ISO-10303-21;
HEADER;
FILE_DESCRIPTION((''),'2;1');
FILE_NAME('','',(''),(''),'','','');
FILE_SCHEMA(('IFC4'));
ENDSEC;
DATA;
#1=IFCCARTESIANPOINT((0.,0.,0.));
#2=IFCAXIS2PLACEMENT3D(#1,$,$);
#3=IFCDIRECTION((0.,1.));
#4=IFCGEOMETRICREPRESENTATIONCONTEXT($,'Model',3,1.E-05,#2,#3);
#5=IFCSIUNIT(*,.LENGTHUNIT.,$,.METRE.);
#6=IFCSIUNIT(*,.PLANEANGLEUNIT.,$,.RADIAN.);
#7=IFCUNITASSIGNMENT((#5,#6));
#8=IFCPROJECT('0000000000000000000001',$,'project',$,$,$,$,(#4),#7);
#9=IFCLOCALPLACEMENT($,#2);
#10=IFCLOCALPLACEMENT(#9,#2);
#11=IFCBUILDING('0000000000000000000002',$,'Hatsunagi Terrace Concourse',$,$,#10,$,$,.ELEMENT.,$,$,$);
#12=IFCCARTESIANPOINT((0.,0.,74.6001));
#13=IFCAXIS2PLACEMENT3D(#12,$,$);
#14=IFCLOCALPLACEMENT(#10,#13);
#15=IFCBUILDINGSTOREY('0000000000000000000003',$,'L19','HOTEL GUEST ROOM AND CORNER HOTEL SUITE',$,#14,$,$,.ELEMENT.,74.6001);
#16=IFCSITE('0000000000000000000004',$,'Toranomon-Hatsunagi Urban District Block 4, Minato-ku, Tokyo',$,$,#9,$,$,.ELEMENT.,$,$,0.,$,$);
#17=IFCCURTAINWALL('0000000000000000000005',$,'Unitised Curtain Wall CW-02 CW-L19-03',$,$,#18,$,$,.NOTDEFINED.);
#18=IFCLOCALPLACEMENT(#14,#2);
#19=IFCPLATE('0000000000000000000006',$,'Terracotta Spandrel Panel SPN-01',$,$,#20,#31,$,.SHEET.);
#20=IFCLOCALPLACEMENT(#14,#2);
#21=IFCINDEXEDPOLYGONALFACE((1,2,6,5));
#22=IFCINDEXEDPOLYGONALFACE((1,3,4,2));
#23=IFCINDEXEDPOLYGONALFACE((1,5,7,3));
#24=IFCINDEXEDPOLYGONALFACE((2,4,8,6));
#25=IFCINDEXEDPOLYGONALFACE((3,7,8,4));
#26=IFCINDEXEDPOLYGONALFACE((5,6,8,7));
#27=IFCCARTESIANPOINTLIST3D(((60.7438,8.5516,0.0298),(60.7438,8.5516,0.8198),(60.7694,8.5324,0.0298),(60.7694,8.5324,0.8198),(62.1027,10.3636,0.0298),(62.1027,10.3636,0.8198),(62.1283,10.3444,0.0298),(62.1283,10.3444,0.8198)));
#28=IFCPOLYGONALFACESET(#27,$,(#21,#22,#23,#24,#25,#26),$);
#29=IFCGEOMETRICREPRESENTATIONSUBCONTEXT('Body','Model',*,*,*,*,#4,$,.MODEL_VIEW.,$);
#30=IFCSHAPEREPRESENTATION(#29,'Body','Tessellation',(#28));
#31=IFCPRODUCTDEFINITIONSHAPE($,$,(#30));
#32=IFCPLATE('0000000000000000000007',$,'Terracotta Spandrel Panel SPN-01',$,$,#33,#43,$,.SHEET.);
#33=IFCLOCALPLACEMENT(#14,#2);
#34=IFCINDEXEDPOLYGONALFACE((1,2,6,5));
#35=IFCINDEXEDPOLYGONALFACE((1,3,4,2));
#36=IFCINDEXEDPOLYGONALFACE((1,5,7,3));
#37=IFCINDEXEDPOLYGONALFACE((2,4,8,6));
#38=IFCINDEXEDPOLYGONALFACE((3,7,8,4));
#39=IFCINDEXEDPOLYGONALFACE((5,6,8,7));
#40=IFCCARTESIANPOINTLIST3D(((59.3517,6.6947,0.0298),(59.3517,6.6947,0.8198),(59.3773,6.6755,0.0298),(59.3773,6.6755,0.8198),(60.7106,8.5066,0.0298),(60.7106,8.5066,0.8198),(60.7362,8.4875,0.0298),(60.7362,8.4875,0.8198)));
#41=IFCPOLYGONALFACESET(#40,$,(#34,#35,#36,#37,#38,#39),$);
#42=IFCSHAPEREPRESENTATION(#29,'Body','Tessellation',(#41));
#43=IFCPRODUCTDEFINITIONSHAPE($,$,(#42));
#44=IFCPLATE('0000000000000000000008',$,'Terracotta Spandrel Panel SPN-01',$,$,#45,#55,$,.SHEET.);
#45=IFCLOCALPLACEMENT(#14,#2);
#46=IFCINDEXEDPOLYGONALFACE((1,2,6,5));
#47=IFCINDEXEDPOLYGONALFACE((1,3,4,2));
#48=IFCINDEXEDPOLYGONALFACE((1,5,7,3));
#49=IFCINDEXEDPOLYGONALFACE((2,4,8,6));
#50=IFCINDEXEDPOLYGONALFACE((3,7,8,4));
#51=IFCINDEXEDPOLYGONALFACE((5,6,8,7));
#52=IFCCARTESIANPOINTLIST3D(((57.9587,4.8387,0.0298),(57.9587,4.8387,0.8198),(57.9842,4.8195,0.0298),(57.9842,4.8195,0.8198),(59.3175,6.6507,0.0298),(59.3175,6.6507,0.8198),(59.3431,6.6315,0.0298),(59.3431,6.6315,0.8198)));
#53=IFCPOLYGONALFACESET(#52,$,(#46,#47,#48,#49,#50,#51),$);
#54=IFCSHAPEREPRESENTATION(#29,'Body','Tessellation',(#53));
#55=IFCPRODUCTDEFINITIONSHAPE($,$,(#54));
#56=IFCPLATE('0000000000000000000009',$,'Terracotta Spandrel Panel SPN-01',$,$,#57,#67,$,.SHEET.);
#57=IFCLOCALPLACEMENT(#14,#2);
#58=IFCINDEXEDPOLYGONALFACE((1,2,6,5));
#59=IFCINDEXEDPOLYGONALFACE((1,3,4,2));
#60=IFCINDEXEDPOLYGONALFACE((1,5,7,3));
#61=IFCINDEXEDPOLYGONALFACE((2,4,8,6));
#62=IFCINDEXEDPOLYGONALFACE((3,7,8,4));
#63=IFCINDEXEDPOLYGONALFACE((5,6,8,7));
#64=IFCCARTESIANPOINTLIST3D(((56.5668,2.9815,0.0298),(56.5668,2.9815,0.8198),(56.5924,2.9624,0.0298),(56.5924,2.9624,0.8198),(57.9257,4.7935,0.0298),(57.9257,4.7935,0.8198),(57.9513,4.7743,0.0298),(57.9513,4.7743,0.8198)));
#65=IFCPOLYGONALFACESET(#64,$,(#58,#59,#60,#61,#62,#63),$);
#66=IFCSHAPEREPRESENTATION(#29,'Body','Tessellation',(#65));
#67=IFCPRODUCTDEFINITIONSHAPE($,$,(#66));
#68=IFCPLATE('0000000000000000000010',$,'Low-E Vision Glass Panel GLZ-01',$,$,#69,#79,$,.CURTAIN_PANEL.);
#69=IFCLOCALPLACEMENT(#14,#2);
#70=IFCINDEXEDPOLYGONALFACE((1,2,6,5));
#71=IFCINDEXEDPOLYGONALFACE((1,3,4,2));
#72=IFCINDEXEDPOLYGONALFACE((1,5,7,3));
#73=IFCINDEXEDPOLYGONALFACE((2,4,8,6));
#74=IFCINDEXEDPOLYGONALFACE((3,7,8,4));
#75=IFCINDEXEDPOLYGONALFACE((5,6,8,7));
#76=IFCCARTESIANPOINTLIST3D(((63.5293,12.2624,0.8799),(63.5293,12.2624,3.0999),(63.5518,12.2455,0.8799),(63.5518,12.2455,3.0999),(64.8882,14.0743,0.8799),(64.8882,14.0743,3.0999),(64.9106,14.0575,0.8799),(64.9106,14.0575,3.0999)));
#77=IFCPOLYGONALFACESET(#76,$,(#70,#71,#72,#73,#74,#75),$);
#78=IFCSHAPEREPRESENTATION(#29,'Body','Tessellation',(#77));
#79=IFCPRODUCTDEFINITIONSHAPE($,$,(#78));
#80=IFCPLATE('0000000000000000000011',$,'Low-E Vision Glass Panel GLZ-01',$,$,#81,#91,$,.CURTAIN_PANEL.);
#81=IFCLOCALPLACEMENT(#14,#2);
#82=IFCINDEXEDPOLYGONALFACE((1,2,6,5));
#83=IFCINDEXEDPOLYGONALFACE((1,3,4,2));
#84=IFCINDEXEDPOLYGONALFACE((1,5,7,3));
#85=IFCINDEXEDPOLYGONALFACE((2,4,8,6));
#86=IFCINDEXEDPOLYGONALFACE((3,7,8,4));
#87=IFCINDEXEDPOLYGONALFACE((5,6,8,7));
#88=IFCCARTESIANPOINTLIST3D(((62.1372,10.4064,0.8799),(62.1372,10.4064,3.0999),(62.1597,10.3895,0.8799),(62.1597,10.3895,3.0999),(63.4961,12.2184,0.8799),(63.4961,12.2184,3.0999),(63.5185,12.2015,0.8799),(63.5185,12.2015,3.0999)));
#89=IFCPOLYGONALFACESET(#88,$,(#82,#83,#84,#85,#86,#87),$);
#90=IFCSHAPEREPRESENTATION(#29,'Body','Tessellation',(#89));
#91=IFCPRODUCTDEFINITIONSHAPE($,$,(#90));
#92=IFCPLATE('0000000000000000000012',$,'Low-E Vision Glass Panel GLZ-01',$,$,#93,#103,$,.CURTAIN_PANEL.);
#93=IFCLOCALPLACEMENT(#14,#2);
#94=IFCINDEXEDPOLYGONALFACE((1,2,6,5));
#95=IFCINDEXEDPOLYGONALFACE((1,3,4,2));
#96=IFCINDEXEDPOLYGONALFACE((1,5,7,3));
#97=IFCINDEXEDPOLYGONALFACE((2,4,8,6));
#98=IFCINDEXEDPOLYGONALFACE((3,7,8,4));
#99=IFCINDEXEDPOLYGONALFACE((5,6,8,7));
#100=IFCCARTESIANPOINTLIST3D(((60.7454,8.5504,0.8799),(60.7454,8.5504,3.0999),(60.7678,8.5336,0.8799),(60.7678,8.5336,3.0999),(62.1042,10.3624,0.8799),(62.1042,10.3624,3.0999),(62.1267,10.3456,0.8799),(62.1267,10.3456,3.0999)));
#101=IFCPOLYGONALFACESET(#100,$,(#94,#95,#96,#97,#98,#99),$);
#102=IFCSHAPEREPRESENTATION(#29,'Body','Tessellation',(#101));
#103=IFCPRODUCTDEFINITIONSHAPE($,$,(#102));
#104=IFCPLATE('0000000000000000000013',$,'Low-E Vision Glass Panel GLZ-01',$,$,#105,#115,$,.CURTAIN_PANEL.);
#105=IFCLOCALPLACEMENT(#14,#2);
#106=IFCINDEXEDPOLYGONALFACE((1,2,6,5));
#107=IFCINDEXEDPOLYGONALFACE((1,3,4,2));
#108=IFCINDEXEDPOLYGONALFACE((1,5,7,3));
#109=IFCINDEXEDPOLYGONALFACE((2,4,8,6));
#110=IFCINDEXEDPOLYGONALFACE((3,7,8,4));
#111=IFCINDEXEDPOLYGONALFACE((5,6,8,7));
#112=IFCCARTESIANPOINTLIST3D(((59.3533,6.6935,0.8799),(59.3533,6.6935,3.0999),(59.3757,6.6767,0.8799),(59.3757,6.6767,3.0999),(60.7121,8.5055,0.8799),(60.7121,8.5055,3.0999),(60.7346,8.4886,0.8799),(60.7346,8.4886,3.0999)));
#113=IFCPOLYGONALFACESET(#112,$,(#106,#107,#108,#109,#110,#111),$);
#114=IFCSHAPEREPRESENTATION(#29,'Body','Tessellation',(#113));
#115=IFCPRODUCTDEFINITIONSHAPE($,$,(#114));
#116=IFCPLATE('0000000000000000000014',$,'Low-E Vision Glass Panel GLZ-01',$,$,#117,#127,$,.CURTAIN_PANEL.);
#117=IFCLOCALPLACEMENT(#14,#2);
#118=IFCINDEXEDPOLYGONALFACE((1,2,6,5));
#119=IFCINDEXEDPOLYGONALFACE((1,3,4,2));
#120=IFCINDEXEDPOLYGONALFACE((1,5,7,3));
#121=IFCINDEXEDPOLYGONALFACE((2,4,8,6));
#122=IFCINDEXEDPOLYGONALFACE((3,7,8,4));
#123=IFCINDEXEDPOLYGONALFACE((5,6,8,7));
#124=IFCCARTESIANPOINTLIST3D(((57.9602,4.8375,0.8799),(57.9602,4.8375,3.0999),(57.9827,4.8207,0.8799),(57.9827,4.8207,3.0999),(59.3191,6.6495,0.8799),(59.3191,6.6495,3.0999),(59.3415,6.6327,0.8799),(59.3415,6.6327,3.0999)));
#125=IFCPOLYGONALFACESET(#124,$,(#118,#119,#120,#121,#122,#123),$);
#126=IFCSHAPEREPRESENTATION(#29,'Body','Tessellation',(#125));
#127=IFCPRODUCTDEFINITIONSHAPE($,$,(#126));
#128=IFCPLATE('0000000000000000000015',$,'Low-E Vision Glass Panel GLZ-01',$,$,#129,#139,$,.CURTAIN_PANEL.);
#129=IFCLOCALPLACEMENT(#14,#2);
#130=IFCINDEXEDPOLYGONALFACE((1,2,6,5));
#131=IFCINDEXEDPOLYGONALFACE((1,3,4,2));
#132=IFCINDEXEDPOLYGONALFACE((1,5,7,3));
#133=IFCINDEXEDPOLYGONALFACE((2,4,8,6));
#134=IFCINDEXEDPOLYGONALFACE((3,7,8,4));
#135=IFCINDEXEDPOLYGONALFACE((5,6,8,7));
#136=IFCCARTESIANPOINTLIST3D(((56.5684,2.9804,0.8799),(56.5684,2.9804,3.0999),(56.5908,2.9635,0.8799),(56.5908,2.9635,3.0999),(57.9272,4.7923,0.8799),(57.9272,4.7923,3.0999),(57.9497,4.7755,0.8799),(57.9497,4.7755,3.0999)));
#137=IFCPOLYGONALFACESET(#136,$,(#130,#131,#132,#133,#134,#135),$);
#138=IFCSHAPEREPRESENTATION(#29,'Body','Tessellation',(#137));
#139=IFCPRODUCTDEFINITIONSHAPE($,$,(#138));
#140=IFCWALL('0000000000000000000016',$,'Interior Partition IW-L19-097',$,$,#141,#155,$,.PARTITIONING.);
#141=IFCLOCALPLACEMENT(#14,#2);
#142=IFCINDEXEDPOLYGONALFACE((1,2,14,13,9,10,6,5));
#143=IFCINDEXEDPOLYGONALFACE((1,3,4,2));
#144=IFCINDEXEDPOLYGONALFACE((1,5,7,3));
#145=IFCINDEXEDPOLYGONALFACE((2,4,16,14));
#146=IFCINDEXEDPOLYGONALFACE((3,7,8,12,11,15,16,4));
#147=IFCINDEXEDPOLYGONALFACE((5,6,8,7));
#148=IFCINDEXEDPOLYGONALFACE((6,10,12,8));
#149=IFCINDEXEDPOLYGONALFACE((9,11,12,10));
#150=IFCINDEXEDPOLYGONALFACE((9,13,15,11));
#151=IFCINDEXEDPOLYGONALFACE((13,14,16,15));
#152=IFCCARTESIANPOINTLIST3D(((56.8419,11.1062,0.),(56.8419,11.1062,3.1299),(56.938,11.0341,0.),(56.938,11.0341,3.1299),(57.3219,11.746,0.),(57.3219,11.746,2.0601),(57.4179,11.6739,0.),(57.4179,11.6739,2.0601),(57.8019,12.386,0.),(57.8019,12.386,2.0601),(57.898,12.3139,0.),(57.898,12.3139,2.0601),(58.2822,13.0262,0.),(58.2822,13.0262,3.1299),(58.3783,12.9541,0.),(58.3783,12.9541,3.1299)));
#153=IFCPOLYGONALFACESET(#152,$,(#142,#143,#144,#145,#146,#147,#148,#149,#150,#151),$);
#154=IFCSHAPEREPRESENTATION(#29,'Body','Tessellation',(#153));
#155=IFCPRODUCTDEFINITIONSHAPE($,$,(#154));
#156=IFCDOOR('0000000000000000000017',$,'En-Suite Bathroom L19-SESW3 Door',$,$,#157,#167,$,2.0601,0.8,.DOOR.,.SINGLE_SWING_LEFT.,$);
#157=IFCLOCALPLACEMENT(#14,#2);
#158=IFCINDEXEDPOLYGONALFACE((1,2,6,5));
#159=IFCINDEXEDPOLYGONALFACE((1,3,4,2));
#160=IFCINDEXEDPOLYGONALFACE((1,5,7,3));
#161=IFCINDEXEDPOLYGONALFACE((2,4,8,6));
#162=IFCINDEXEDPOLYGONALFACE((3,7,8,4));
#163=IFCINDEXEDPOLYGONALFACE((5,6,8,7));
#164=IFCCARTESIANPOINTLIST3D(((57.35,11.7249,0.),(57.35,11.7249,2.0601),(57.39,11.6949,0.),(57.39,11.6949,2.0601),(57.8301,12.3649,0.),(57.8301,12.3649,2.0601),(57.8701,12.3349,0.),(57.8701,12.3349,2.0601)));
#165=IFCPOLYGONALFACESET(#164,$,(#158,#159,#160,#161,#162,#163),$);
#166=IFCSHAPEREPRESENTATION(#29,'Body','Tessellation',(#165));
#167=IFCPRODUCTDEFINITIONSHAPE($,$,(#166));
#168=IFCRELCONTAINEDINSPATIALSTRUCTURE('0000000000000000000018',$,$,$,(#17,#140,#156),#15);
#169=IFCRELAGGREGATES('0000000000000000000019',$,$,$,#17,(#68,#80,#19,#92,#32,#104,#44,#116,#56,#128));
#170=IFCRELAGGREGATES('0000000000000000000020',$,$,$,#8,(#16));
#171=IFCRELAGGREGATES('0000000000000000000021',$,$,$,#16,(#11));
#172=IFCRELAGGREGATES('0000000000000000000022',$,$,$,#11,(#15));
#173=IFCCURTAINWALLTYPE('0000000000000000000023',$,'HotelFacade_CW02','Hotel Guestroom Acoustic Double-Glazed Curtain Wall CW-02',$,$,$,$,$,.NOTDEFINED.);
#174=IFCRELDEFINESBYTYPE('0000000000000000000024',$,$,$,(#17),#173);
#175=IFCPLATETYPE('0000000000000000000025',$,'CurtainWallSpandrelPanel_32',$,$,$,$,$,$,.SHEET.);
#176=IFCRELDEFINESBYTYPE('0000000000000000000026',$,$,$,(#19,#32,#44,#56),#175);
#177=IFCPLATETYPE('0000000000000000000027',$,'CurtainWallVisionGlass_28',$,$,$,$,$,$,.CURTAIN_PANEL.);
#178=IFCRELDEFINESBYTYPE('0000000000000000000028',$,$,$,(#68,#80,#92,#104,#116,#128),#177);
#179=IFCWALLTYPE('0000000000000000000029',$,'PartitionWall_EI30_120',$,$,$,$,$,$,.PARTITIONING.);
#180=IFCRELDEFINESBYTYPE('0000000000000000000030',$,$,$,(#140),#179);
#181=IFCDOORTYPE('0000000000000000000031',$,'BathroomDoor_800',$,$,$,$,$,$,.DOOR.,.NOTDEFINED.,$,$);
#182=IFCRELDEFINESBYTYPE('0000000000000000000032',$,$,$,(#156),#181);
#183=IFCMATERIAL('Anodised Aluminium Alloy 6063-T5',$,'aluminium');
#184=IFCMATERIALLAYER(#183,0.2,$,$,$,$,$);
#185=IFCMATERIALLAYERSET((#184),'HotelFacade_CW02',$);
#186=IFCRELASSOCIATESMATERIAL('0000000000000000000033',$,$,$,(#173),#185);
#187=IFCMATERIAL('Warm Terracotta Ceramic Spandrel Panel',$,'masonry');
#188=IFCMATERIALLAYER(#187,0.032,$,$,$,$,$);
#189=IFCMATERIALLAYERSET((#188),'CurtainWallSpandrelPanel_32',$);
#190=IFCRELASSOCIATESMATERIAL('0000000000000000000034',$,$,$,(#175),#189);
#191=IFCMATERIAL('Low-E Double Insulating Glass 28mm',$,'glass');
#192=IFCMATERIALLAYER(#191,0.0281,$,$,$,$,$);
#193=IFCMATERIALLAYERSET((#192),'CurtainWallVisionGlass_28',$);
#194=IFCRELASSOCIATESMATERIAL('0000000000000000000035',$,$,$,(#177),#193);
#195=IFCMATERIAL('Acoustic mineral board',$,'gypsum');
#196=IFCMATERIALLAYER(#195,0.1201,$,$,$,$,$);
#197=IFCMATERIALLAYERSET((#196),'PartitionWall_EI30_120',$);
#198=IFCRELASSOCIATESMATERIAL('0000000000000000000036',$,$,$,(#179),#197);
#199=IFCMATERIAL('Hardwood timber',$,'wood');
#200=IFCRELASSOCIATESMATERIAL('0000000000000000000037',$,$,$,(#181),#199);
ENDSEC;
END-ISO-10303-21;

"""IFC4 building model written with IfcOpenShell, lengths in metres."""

from ifc_helpers import new_model, si_unit, direction, frame, frame_2d, origin, origin_2d, place, context, subcontext, project, spatial, rectangle, extrude, material, layer, layer_set, type_object, element, fill, aggregate, save


model = new_model("IFC4")

# Units and contexts
model_context = context("Model", 3, precision=1e-05, world=origin(), true_north=direction((0.0, 1.0)))
body_context = subcontext(model_context, "Body", "Model", "MODEL_VIEW")
ifc_project = project(units=[si_unit("LENGTHUNIT", "METRE"), si_unit("PLANEANGLEUNIT", "RADIAN")], contexts=[model_context])

# Site, building, storey
site_placement = place(None, origin())
site = spatial("IfcSite", under=ifc_project, at=site_placement, Name="Toranomon-Hatsunagi Urban District Block 4, Minato-ku, Tokyo", CompositionType="ELEMENT", RefElevation=0.0)
building_placement = place(site_placement, origin())
building = spatial("IfcBuilding", under=site, at=building_placement, Name="Hatsunagi Terrace Concourse", CompositionType="ELEMENT")
storey_placement = place(building_placement, frame((0.0, 0.0, 74.6001)))
storey = spatial("IfcBuildingStorey", under=building, at=storey_placement, Name="L19", Description="HOTEL GUEST ROOM AND CORNER HOTEL SUITE", CompositionType="ELEMENT", Elevation=74.6001)

# Curtain wall
ifc_material_1 = material(Name="Anodised Aluminium Alloy 6063-T5", Category="aluminium")
ifc_layer_1 = layer(ifc_material_1, 0.2)
ifc_layer_set_1 = layer_set([ifc_layer_1], Name="HotelFacade_CW02")
curtain_wall_type = type_object("IfcCurtainWallType", Name="HotelFacade_CW02", Description="Hotel Guestroom Acoustic Double-Glazed Curtain Wall CW-02", PredefinedType="NOTDEFINED", material=ifc_layer_set_1)
curtain_wall_placement = place(storey_placement, origin())
curtain_wall = element("IfcCurtainWall", 1, at=curtain_wall_placement, inside=storey, type_object=curtain_wall_type, Name="Unitised Curtain Wall CW-02 CW-L19-03", PredefinedType="NOTDEFINED")

# Plates
ifc_material_2 = material(Name="Warm Terracotta Ceramic Spandrel Panel", Category="masonry")
ifc_layer_2 = layer(ifc_material_2, 0.032)
ifc_layer_set_2 = layer_set([ifc_layer_2], Name="CurtainWallSpandrelPanel_32")
plate_type_1 = type_object("IfcPlateType", Name="CurtainWallSpandrelPanel_32", PredefinedType="SHEET", material=ifc_layer_set_2)
plate_1_placement = place(storey_placement, frame((61.436, 9.448, 0.0298), z_axis=(0.0, 0.0, 1.0), x_axis=(-0.599969, -0.800023, 0.0)))
plate_1 = element("IfcPlate", 2, at=plate_1_placement, type_object=plate_type_1, Name="Terracotta Spandrel Panel SPN-01", PredefinedType="SHEET", context=body_context, shape_type="SweptSolid", body=[
    extrude(rectangle(XDim=2.2649, YDim=0.032, at=origin_2d()), origin(), (0.0, 0.0, 1.0), 0.79),
])
plate_2_placement = place(storey_placement, frame((60.0439, 7.5911, 0.0298), z_axis=(0.0, 0.0, 1.0), x_axis=(-0.599969, -0.800023, 0.0)))
plate_2 = element("IfcPlate", 3, at=plate_2_placement, type_object=plate_type_1, Name="Terracotta Spandrel Panel SPN-01", PredefinedType="SHEET", context=body_context, shape_type="SweptSolid", body=[
    extrude(rectangle(XDim=2.2649, YDim=0.032, at=origin_2d()), origin(), (0.0, 0.0, 1.0), 0.79),
])
plate_3_placement = place(storey_placement, frame((58.6509, 5.7351, 0.0298), z_axis=(0.0, 0.0, 1.0), x_axis=(-0.599969, -0.800023, 0.0)))
plate_3 = element("IfcPlate", 4, at=plate_3_placement, type_object=plate_type_1, Name="Terracotta Spandrel Panel SPN-01", PredefinedType="SHEET", context=body_context, shape_type="SweptSolid", body=[
    extrude(rectangle(XDim=2.2649, YDim=0.032, at=origin_2d()), origin(), (0.0, 0.0, 1.0), 0.79),
])
plate_4_placement = place(storey_placement, frame((57.259, 3.8779, 0.0298), z_axis=(0.0, 0.0, 1.0), x_axis=(-0.599969, -0.800023, 0.0)))
plate_4 = element("IfcPlate", 5, at=plate_4_placement, type_object=plate_type_1, Name="Terracotta Spandrel Panel SPN-01", PredefinedType="SHEET", context=body_context, shape_type="SweptSolid", body=[
    extrude(rectangle(XDim=2.2649, YDim=0.032, at=origin_2d()), origin(), (0.0, 0.0, 1.0), 0.79),
])
ifc_material_3 = material(Name="Low-E Double Insulating Glass 28mm", Category="glass")
ifc_layer_3 = layer(ifc_material_3, 0.0281)
ifc_layer_set_3 = layer_set([ifc_layer_3], Name="CurtainWallVisionGlass_28")
plate_type_2 = type_object("IfcPlateType", Name="CurtainWallVisionGlass_28", PredefinedType="CURTAIN_PANEL", material=ifc_layer_set_3)
plate_5_placement = place(storey_placement, frame((64.22, 13.1599, 0.8799), z_axis=(0.0, 0.0, 1.0), x_axis=(-0.599969, -0.800023, 0.0)))
plate_5 = element("IfcPlate", 6, at=plate_5_placement, type_object=plate_type_2, Name="Low-E Vision Glass Panel GLZ-01", PredefinedType="CURTAIN_PANEL", context=body_context, shape_type="SweptSolid", body=[
    extrude(rectangle(XDim=2.2649, YDim=0.0281, at=origin_2d()), origin(), (0.0, 0.0, 1.0), 2.22),
])
plate_6_placement = place(storey_placement, frame((62.8279, 11.304, 0.8799), z_axis=(0.0, 0.0, 1.0), x_axis=(-0.599969, -0.800023, 0.0)))
plate_6 = element("IfcPlate", 7, at=plate_6_placement, type_object=plate_type_2, Name="Low-E Vision Glass Panel GLZ-01", PredefinedType="CURTAIN_PANEL", context=body_context, shape_type="SweptSolid", body=[
    extrude(rectangle(XDim=2.2649, YDim=0.0281, at=origin_2d()), origin(), (0.0, 0.0, 1.0), 2.22),
])
plate_7_placement = place(storey_placement, frame((61.436, 9.448, 0.8799), z_axis=(0.0, 0.0, 1.0), x_axis=(-0.599969, -0.800023, 0.0)))
plate_7 = element("IfcPlate", 8, at=plate_7_placement, type_object=plate_type_2, Name="Low-E Vision Glass Panel GLZ-01", PredefinedType="CURTAIN_PANEL", context=body_context, shape_type="SweptSolid", body=[
    extrude(rectangle(XDim=2.2649, YDim=0.0281, at=origin_2d()), origin(), (0.0, 0.0, 1.0), 2.22),
])
plate_8_placement = place(storey_placement, frame((60.0439, 7.5911, 0.8799), z_axis=(0.0, 0.0, 1.0), x_axis=(-0.599969, -0.800023, 0.0)))
plate_8 = element("IfcPlate", 9, at=plate_8_placement, type_object=plate_type_2, Name="Low-E Vision Glass Panel GLZ-01", PredefinedType="CURTAIN_PANEL", context=body_context, shape_type="SweptSolid", body=[
    extrude(rectangle(XDim=2.2649, YDim=0.0281, at=origin_2d()), origin(), (0.0, 0.0, 1.0), 2.22),
])
plate_9_placement = place(storey_placement, frame((58.6509, 5.7351, 0.8799), z_axis=(0.0, 0.0, 1.0), x_axis=(-0.599969, -0.800023, 0.0)))
plate_9 = element("IfcPlate", 10, at=plate_9_placement, type_object=plate_type_2, Name="Low-E Vision Glass Panel GLZ-01", PredefinedType="CURTAIN_PANEL", context=body_context, shape_type="SweptSolid", body=[
    extrude(rectangle(XDim=2.2649, YDim=0.0281, at=origin_2d()), origin(), (0.0, 0.0, 1.0), 2.22),
])
plate_10_placement = place(storey_placement, frame((57.259, 3.8779, 0.8799), z_axis=(0.0, 0.0, 1.0), x_axis=(-0.599969, -0.800023, 0.0)))
plate_10 = element("IfcPlate", 11, at=plate_10_placement, type_object=plate_type_2, Name="Low-E Vision Glass Panel GLZ-01", PredefinedType="CURTAIN_PANEL", context=body_context, shape_type="SweptSolid", body=[
    extrude(rectangle(XDim=2.2649, YDim=0.0281, at=origin_2d()), origin(), (0.0, 0.0, 1.0), 2.22),
])
aggregate(curtain_wall, [plate_5, plate_6, plate_1, plate_7, plate_2, plate_8, plate_3, plate_9, plate_4, plate_10])

# Wall, opening, door
ifc_material_4 = material(Name="Acoustic mineral board", Category="gypsum")
ifc_layer_4 = layer(ifc_material_4, 0.1201)
ifc_layer_set_4 = layer_set([ifc_layer_4], Name="PartitionWall_EI30_120")
wall_type_1 = type_object("IfcWallType", Name="PartitionWall_EI30_120", PredefinedType="PARTITIONING", material=ifc_layer_set_4)
wall_1_placement = place(storey_placement, frame((56.8899, 11.0701, 0.0), z_axis=(0.0, 0.0, 1.0), x_axis=(0.600065, 0.799951, 0.0)))
wall_1 = element("IfcWall", 12, at=wall_1_placement, inside=storey, type_object=wall_type_1, Name="Interior Partition IW-L19-097", PredefinedType="PARTITIONING", context=body_context, shape_type="SweptSolid", body=[
    extrude(rectangle(XDim=2.4001, YDim=0.1201, at=frame_2d((1.2002, 0.0))), origin(), (0.0, 0.0, 1.0), 3.1299),
])
opening_1_placement = place(wall_1_placement, frame((0.8, 0.0, 0.0)))
opening_1 = element("IfcOpeningElement", 13, at=opening_1_placement, cuts=wall_1, PredefinedType="OPENING", context=body_context, shape_type="SweptSolid", body=[
    extrude(rectangle(XDim=0.8, YDim=2.0601, at=frame_2d((0.3999, 1.03))), frame((0.0, 0.0701, 0.0), z_axis=(0.0, -1.0, 0.0), x_axis=(1.0, 0.0, 0.0)), (0.0, 0.0, 1.0), 0.1401),
])
ifc_material_5 = material(Name="Hardwood timber", Category="wood")
door_type_1 = type_object("IfcDoorType", Name="BathroomDoor_800", OperationType="NOTDEFINED", PredefinedType="DOOR", material=ifc_material_5)
door_1_placement = place(opening_1_placement, origin())
door_1 = element("IfcDoor", 14, at=door_1_placement, inside=storey, type_object=door_type_1, Name="En-Suite Bathroom L19-SESW3 Door", OperationType="SINGLE_SWING_LEFT", OverallHeight=2.0601, OverallWidth=0.8, PredefinedType="DOOR", context=body_context, shape_type="SweptSolid", body=[
    extrude(rectangle(XDim=0.8, YDim=2.0601, at=frame_2d((0.3999, 1.03))), frame((0.0, 0.0249, 0.0), z_axis=(0.0, -1.0, 0.0), x_axis=(1.0, 0.0, 0.0)), (0.0, 0.0, 1.0), 0.05),
])
fill(opening_1, door_1)

save(model, "model.ifc")
